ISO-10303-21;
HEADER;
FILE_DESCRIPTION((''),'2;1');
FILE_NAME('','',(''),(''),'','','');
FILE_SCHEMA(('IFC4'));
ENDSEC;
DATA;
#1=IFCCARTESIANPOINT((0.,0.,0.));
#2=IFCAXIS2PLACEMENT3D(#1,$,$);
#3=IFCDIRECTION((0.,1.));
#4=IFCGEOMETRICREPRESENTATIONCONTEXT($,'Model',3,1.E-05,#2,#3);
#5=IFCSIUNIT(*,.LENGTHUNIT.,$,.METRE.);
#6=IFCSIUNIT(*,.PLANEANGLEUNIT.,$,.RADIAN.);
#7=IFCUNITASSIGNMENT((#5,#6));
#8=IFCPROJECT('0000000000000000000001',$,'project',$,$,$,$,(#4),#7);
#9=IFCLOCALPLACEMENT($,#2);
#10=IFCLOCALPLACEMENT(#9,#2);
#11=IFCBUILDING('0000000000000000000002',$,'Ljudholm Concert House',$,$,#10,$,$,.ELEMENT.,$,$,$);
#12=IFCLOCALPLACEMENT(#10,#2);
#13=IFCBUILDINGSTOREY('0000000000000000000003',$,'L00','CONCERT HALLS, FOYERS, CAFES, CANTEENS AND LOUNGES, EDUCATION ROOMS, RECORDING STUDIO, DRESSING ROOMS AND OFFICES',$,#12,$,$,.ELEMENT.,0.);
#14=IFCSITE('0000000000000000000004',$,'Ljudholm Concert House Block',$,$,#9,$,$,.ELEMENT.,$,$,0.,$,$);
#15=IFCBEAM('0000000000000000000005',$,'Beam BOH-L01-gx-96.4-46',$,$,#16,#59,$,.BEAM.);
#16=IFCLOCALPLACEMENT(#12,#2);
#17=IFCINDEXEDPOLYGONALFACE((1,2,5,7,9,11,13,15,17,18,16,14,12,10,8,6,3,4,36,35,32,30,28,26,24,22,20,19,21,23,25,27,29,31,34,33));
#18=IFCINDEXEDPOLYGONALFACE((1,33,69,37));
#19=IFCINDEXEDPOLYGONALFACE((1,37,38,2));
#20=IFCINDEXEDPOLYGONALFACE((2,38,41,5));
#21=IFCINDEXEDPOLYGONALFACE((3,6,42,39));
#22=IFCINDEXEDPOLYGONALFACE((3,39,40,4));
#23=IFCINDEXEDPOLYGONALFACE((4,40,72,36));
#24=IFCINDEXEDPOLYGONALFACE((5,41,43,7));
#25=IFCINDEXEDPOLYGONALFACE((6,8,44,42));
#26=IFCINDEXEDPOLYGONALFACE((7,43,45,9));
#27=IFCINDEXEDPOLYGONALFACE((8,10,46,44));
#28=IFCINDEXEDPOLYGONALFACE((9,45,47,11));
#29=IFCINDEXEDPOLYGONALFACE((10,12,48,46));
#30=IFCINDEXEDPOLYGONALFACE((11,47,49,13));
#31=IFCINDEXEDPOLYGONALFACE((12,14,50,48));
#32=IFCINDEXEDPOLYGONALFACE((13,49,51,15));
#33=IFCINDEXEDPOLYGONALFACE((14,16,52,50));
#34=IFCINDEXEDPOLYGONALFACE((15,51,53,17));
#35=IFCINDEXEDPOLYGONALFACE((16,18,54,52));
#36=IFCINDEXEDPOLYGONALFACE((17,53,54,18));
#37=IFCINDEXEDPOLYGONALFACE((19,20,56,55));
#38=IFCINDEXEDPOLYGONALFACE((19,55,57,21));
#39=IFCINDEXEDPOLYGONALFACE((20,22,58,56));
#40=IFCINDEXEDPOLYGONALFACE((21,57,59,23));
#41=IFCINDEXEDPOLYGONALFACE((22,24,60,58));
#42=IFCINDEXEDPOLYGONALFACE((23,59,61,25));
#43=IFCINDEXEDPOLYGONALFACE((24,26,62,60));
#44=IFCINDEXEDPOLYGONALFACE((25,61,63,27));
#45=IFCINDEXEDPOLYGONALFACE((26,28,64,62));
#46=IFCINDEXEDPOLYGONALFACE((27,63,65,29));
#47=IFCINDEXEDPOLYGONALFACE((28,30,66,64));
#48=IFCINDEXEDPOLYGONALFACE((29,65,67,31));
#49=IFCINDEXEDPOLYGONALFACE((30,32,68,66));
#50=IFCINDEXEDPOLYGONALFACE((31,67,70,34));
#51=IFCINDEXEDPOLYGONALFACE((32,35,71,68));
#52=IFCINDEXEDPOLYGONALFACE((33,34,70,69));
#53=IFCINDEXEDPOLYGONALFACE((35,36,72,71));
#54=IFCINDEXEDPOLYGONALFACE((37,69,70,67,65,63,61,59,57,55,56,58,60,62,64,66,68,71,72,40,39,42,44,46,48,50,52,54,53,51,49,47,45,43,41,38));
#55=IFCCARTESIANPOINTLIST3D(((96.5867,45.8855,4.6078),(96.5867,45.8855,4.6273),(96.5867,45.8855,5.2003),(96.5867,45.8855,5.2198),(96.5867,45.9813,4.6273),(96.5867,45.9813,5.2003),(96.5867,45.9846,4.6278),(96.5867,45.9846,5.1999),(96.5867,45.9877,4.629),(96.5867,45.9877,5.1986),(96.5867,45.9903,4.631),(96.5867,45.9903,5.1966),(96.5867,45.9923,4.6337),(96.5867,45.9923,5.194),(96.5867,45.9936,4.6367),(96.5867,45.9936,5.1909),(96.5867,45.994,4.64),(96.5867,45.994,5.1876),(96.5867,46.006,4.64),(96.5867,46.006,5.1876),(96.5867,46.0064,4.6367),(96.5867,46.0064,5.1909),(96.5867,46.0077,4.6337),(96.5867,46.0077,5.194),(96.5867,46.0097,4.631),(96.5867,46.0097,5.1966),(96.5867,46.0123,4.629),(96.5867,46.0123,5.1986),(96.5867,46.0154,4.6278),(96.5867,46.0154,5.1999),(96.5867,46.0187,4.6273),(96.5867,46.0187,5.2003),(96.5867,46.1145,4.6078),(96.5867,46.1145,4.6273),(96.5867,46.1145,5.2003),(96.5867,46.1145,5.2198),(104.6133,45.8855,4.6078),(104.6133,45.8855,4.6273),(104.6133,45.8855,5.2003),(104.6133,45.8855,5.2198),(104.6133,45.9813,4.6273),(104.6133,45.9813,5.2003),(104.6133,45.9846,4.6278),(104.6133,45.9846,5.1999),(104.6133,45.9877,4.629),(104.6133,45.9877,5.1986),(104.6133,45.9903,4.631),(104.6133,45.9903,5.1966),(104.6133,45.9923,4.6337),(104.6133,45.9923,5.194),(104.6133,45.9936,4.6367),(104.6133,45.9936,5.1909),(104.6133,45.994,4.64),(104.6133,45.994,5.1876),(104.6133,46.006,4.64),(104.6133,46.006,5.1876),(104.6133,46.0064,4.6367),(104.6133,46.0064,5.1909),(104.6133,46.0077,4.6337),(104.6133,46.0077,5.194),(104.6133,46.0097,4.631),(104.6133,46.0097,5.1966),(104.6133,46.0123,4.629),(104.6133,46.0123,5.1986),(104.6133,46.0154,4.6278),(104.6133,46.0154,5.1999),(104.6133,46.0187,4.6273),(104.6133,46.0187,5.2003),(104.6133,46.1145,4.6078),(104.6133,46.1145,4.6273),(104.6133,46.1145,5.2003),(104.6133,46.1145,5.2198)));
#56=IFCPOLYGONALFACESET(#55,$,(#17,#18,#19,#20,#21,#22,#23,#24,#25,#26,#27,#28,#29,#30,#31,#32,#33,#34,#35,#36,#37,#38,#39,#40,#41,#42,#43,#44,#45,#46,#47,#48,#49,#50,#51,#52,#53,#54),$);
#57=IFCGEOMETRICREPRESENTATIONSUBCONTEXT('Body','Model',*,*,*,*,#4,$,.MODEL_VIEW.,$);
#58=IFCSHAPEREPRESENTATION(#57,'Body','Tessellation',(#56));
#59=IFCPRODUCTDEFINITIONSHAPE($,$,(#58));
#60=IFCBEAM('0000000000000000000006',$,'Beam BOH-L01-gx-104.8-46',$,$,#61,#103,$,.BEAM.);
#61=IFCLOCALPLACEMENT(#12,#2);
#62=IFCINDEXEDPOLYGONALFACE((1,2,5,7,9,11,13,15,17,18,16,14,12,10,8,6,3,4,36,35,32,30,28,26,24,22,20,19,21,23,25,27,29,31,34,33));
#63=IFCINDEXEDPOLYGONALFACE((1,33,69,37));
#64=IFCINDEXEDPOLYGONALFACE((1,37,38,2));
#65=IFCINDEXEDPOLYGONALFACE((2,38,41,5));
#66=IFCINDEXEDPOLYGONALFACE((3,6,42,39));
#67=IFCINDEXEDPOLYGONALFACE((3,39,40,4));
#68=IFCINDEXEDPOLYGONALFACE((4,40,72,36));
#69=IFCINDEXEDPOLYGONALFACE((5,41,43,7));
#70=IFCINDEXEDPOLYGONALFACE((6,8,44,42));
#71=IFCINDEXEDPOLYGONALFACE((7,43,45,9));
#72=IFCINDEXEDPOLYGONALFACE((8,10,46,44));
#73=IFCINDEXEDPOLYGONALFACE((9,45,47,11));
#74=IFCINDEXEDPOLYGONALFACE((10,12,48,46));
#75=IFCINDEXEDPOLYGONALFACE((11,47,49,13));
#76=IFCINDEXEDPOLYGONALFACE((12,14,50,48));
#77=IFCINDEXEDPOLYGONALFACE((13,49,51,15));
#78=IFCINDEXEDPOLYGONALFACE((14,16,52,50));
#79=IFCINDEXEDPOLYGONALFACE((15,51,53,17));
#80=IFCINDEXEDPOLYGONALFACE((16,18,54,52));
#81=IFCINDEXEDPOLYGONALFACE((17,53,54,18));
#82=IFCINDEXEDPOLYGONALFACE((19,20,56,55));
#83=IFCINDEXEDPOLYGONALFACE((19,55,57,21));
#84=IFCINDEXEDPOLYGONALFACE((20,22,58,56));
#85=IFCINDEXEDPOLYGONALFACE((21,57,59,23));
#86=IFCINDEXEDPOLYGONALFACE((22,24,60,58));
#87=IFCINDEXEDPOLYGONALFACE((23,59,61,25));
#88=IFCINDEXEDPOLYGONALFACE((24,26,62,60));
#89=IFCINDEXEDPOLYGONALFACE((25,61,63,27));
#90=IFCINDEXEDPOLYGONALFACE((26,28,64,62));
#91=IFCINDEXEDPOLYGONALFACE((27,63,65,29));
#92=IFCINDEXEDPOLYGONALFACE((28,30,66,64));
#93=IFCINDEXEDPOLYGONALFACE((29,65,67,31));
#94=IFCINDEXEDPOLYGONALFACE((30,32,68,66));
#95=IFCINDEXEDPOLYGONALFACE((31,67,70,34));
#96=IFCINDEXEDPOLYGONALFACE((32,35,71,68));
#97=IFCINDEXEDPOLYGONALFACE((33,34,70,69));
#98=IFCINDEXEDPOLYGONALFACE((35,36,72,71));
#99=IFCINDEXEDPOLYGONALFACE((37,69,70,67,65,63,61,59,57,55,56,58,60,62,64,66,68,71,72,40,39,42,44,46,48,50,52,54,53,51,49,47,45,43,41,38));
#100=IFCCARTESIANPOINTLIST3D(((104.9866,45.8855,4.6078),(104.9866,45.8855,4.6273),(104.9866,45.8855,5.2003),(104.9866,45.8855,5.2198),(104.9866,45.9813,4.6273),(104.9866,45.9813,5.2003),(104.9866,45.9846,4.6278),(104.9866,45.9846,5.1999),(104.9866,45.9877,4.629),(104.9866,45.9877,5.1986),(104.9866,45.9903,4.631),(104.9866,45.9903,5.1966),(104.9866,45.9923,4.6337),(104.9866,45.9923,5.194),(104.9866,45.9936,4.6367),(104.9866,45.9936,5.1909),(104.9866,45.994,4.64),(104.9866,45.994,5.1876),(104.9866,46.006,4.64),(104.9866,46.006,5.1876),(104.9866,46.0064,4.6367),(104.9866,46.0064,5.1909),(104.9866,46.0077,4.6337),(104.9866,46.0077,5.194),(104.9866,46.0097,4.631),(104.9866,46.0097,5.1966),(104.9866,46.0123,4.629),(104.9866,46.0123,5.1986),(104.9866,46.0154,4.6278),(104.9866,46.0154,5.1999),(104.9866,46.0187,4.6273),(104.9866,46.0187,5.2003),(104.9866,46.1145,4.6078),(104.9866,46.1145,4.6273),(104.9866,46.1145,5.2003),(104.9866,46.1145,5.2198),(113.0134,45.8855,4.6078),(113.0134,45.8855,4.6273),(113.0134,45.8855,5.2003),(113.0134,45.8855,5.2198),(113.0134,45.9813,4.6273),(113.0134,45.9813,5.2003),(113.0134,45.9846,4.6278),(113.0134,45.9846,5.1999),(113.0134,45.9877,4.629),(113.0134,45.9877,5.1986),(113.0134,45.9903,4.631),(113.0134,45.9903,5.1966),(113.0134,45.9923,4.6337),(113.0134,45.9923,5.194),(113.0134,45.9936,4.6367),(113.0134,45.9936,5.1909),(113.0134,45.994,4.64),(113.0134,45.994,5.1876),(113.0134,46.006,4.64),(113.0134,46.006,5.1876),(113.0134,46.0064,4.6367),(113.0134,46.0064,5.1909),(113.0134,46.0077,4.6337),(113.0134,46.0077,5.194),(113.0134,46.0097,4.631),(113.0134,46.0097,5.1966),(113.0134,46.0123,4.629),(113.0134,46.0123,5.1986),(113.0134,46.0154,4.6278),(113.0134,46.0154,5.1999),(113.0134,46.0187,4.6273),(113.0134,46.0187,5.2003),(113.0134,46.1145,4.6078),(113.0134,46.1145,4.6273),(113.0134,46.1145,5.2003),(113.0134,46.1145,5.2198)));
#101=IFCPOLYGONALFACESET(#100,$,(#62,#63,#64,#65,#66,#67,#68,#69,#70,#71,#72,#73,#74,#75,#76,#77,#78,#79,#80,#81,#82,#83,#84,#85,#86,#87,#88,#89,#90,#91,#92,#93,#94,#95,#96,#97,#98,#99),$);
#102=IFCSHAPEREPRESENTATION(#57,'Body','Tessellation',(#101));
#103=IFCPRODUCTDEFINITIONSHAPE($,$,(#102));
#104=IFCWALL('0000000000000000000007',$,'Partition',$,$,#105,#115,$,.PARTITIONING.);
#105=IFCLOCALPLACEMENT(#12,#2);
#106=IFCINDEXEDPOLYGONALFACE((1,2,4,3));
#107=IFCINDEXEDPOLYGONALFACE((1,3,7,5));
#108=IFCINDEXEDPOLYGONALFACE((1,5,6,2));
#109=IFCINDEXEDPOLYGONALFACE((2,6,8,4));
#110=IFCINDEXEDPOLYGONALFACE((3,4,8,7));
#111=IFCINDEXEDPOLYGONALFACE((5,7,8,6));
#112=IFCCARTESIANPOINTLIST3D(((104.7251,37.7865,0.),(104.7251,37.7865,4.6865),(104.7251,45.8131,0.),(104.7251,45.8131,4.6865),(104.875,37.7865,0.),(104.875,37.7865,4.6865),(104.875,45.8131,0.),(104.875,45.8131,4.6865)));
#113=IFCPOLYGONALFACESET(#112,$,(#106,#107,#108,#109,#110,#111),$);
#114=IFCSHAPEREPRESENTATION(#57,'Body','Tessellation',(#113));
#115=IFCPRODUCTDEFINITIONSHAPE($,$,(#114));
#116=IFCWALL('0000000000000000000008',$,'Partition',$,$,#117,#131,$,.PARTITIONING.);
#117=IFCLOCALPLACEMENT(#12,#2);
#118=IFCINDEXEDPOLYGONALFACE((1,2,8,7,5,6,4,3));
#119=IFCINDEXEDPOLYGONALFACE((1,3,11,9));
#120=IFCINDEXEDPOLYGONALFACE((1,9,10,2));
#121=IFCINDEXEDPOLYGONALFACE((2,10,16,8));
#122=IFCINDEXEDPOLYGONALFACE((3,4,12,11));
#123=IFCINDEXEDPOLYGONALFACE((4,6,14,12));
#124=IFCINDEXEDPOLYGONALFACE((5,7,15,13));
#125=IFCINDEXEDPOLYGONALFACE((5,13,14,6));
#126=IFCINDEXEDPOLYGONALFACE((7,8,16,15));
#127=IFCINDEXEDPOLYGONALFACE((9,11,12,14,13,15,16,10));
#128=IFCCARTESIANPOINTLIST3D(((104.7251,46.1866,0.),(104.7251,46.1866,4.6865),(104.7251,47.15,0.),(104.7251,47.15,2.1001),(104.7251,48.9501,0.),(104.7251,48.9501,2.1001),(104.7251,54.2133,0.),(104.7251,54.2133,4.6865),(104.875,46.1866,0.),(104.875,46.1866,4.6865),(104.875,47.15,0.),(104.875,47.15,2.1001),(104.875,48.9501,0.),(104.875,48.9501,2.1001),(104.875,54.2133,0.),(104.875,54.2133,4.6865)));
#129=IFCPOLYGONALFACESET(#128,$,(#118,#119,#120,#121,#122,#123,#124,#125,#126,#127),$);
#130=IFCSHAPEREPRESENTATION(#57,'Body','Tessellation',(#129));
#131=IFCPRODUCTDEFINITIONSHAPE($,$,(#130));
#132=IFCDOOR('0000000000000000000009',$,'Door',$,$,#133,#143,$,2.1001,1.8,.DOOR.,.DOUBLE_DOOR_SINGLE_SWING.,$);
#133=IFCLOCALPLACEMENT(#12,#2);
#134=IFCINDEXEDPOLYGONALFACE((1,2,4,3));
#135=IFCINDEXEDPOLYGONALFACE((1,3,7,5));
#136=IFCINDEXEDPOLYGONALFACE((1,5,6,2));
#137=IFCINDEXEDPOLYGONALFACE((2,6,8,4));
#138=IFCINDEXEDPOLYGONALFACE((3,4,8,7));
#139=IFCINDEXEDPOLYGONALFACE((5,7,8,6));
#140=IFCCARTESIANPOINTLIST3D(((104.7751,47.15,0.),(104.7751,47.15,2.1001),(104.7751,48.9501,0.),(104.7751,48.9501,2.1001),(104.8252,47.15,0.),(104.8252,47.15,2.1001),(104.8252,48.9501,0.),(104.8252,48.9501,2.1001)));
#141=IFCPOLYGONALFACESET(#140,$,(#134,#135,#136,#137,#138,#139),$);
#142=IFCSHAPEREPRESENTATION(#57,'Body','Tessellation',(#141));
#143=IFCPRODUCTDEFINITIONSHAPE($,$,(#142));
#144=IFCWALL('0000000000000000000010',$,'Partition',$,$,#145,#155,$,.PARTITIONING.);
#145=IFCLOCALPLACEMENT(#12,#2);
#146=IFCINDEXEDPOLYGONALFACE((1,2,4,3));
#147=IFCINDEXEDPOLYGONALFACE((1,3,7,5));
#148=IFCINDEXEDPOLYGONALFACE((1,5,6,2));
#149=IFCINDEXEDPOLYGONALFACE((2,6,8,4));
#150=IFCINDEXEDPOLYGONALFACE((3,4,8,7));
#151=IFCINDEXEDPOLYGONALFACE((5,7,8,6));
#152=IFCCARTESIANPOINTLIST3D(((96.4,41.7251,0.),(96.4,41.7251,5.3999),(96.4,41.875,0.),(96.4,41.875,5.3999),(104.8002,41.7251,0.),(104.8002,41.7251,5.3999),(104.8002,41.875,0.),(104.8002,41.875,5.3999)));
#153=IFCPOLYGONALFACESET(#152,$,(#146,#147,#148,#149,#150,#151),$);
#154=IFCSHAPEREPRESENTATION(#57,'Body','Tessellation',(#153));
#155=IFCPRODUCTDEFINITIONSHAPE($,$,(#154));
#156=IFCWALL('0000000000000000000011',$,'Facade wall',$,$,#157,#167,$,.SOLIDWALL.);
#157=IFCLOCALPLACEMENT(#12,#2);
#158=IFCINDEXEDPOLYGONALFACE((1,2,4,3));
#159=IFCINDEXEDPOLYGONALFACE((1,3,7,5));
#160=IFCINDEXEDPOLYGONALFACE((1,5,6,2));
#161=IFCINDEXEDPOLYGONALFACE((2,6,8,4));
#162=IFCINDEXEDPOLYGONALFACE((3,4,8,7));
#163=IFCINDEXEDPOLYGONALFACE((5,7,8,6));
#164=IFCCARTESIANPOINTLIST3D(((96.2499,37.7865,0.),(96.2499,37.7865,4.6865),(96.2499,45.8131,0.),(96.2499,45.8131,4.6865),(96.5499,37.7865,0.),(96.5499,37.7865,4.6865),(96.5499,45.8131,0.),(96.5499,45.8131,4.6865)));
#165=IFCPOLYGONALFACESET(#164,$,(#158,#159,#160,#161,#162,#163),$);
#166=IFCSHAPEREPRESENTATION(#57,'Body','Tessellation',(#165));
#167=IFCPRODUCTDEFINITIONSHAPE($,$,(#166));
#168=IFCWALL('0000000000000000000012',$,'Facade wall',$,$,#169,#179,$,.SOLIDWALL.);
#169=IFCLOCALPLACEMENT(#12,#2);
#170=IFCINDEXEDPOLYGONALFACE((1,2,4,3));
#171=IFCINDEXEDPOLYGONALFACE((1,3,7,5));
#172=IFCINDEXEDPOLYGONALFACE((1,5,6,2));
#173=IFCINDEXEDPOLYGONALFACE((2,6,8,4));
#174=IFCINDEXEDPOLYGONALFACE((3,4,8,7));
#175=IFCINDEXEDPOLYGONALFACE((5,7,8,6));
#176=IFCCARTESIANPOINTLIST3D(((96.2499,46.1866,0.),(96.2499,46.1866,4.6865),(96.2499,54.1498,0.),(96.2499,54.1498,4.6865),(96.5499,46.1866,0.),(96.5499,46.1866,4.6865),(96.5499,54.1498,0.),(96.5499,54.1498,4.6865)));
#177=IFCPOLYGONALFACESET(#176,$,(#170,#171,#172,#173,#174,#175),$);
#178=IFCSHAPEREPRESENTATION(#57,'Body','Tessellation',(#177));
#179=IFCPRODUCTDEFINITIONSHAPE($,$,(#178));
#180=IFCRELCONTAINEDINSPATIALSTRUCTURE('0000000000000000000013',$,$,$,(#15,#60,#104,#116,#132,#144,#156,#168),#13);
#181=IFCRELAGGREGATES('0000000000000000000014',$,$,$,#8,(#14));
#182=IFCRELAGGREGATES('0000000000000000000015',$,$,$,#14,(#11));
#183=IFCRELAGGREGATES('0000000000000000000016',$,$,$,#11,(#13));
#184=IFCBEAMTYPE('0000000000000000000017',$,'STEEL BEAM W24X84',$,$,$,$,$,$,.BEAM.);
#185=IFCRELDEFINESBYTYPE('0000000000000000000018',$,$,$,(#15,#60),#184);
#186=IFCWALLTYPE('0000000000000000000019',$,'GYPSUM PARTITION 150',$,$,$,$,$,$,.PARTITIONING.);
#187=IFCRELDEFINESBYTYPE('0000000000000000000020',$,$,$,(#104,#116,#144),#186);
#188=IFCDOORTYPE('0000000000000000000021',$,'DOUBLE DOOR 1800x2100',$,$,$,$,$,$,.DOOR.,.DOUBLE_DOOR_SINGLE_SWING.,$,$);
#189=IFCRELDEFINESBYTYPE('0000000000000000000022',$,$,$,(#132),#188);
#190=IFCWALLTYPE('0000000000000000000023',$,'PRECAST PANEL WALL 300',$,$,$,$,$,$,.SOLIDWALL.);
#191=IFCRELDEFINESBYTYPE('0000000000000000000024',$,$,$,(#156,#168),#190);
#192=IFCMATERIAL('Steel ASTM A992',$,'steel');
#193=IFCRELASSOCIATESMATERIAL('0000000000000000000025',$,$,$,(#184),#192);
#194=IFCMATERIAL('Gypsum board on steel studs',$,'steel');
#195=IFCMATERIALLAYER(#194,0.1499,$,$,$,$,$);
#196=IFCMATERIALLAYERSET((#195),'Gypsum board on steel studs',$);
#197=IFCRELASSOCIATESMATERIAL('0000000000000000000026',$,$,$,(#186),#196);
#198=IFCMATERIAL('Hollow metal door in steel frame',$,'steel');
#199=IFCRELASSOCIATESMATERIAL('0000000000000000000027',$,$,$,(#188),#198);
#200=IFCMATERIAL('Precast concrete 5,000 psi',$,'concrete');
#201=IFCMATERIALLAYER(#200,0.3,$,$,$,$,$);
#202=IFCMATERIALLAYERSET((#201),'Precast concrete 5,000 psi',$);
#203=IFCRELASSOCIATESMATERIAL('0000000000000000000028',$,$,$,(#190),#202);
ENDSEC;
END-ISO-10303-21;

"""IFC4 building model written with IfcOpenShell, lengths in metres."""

from ifc_helpers import new_model, si_unit, direction, frame, frame_2d, origin, origin_2d, place, context, subcontext, project, spatial, rectangle, i_section, extrude, material, layer, layer_set, material_profile, profile_set, type_object, element, fill, save


model = new_model("IFC4")

# Units and contexts
model_context = context("Model", 3, precision=1e-05, world=origin(), true_north=direction((0.0, 1.0)))
body_context = subcontext(model_context, "Body", "Model", "MODEL_VIEW")
ifc_project = project(units=[si_unit("LENGTHUNIT", "METRE"), si_unit("PLANEANGLEUNIT", "RADIAN")], contexts=[model_context])

# Site, building, storey
site_placement = place(None, origin())
site = spatial("IfcSite", under=ifc_project, at=site_placement, Name="Ljudholm Concert House Block", CompositionType="ELEMENT", RefElevation=0.0)
building_placement = place(site_placement, origin())
building = spatial("IfcBuilding", under=site, at=building_placement, Name="Ljudholm Concert House", CompositionType="ELEMENT")
storey_placement = place(building_placement, origin())
storey = spatial("IfcBuildingStorey", under=building, at=storey_placement, Name="L00", Description="CONCERT HALLS, FOYERS, CAFES, CANTEENS AND LOUNGES, EDUCATION ROOMS, RECORDING STUDIO, DRESSING ROOMS AND OFFICES", CompositionType="ELEMENT", Elevation=0.0)

# Beams
ifc_material_1 = material(Name="Steel ASTM A992", Category="steel")
ifc_material_profile_1 = material_profile(ifc_material_1, i_section(OverallWidth=0.229, OverallDepth=0.6121, WebThickness=0.012, FlangeThickness=0.0195, FilletRadius=0.0127, at=origin_2d()), Name="W24X84")
ifc_profile_set_1 = profile_set([ifc_material_profile_1], Name="Steel ASTM A992")
beam_type_1 = type_object("IfcBeamType", Name="STEEL BEAM W24X84", PredefinedType="BEAM", material=ifc_profile_set_1)
beam_1_placement = place(storey_placement, frame((96.5867, 46.0, 4.9138), z_axis=(1.0, 0.0, 0.0), x_axis=(0.0, 1.0, 0.0)))
element("IfcBeam", 1, at=beam_1_placement, inside=storey, type_object=beam_type_1, Name="Beam BOH-L01-gx-96.4-46", PredefinedType="BEAM", context=body_context, shape_type="SweptSolid", body=[
    extrude(i_section(OverallWidth=0.229, OverallDepth=0.6121, WebThickness=0.012, FlangeThickness=0.0195, FilletRadius=0.0127, at=origin_2d()), origin(), (0.0, 0.0, 1.0), 8.0266),
])
beam_2_placement = place(storey_placement, frame((104.9866, 46.0, 4.9138), z_axis=(1.0, 0.0, 0.0), x_axis=(0.0, 1.0, 0.0)))
element("IfcBeam", 2, at=beam_2_placement, inside=storey, type_object=beam_type_1, Name="Beam BOH-L01-gx-104.8-46", PredefinedType="BEAM", context=body_context, shape_type="SweptSolid", body=[
    extrude(i_section(OverallWidth=0.229, OverallDepth=0.6121, WebThickness=0.012, FlangeThickness=0.0195, FilletRadius=0.0127, at=origin_2d()), origin(), (0.0, 0.0, 1.0), 8.0269),
])

# Wall
ifc_material_2 = material(Name="Gypsum board on steel studs", Category="steel")
ifc_layer_1 = layer(ifc_material_2, 0.1499)
ifc_layer_set_1 = layer_set([ifc_layer_1], Name="Gypsum board on steel studs")
wall_type_1 = type_object("IfcWallType", Name="GYPSUM PARTITION 150", PredefinedType="PARTITIONING", material=ifc_layer_set_1)
wall_1_placement = place(storey_placement, frame((104.8, 37.7866, 0.0), z_axis=(0.0, 0.0, 1.0), x_axis=(0.0, 1.0, 0.0)))
element("IfcWall", 3, at=wall_1_placement, inside=storey, type_object=wall_type_1, Name="Partition", PredefinedType="PARTITIONING", context=body_context, shape_type="SweptSolid", body=[
    extrude(rectangle(XDim=8.0266, YDim=0.1499, at=frame_2d((4.0132, 0.0))), origin(), (0.0, 0.0, 1.0), 4.6865),
])

# Wall, opening, door
wall_2_placement = place(storey_placement, frame((104.8, 46.1868, 0.0), z_axis=(0.0, 0.0, 1.0), x_axis=(0.0, 1.0, 0.0)))
wall_2 = element("IfcWall", 4, at=wall_2_placement, inside=storey, type_object=wall_type_1, Name="Partition", PredefinedType="PARTITIONING", context=body_context, shape_type="SweptSolid", body=[
    extrude(rectangle(XDim=8.0266, YDim=0.1499, at=frame_2d((4.0132, 0.0))), origin(), (0.0, 0.0, 1.0), 4.6865),
])
opening_1_placement = place(wall_2_placement, frame((0.9634, 0.0, 0.0)))
opening_1 = element("IfcOpeningElement", 5, at=opening_1_placement, cuts=wall_2, PredefinedType="OPENING", context=body_context, shape_type="SweptSolid", body=[
    extrude(rectangle(XDim=1.8, YDim=2.1001, at=frame_2d((0.8999, 1.05))), frame((0.0, 0.085, 0.0), z_axis=(0.0, -1.0, 0.0), x_axis=(1.0, 0.0, 0.0)), (0.0, 0.0, 1.0), 0.1699),
])
ifc_material_3 = material(Name="Hollow metal door in steel frame", Category="steel")
door_type_1 = type_object("IfcDoorType", Name="DOUBLE DOOR 1800x2100", OperationType="DOUBLE_DOOR_SINGLE_SWING", PredefinedType="DOOR", material=ifc_material_3)
door_1_placement = place(opening_1_placement, origin())
door_1 = element("IfcDoor", 6, at=door_1_placement, inside=storey, type_object=door_type_1, Name="Door", OperationType="DOUBLE_DOOR_SINGLE_SWING", OverallHeight=2.1001, OverallWidth=1.8, PredefinedType="DOOR", context=body_context, shape_type="SweptSolid", body=[
    extrude(rectangle(XDim=1.8, YDim=2.1001, at=frame_2d((0.8999, 1.05))), frame((0.0, 0.0249, 0.0), z_axis=(0.0, -1.0, 0.0), x_axis=(1.0, 0.0, 0.0)), (0.0, 0.0, 1.0), 0.05),
])
fill(opening_1, door_1)

# Walls
wall_3_placement = place(storey_placement, frame((96.3999, 41.8, 0.0), z_axis=(0.0, 0.0, 1.0), x_axis=(1.0, 0.0, 0.0)))
element("IfcWall", 7, at=wall_3_placement, inside=storey, type_object=wall_type_1, Name="Partition", PredefinedType="PARTITIONING", context=body_context, shape_type="SweptSolid", body=[
    extrude(rectangle(XDim=8.4001, YDim=0.1499, at=frame_2d((4.2002, 0.0))), origin(), (0.0, 0.0, 1.0), 5.3999),
])
ifc_material_4 = material(Name="Precast concrete 5,000 psi", Category="concrete")
ifc_layer_2 = layer(ifc_material_4, 0.3)
ifc_layer_set_2 = layer_set([ifc_layer_2], Name="Precast concrete 5,000 psi")
wall_type_2 = type_object("IfcWallType", Name="PRECAST PANEL WALL 300", PredefinedType="SOLIDWALL", material=ifc_layer_set_2)
wall_4_placement = place(storey_placement, frame((96.3999, 37.7866, 0.0), z_axis=(0.0, 0.0, 1.0), x_axis=(0.0, 1.0, 0.0)))
element("IfcWall", 8, at=wall_4_placement, inside=storey, type_object=wall_type_2, Name="Facade wall", PredefinedType="SOLIDWALL", context=body_context, shape_type="SweptSolid", body=[
    extrude(rectangle(XDim=8.0266, YDim=0.3, at=frame_2d((4.0132, 0.0))), origin(), (0.0, 0.0, 1.0), 4.6865),
])
wall_5_placement = place(storey_placement, frame((96.3999, 46.1868, 0.0), z_axis=(0.0, 0.0, 1.0), x_axis=(0.0, 1.0, 0.0)))
element("IfcWall", 9, at=wall_5_placement, inside=storey, type_object=wall_type_2, Name="Facade wall", PredefinedType="SOLIDWALL", context=body_context, shape_type="SweptSolid", body=[
    extrude(rectangle(XDim=7.9631, YDim=0.3, at=frame_2d((3.9814, 0.0))), origin(), (0.0, 0.0, 1.0), 4.6865),
])

save(model, "model.ifc")
